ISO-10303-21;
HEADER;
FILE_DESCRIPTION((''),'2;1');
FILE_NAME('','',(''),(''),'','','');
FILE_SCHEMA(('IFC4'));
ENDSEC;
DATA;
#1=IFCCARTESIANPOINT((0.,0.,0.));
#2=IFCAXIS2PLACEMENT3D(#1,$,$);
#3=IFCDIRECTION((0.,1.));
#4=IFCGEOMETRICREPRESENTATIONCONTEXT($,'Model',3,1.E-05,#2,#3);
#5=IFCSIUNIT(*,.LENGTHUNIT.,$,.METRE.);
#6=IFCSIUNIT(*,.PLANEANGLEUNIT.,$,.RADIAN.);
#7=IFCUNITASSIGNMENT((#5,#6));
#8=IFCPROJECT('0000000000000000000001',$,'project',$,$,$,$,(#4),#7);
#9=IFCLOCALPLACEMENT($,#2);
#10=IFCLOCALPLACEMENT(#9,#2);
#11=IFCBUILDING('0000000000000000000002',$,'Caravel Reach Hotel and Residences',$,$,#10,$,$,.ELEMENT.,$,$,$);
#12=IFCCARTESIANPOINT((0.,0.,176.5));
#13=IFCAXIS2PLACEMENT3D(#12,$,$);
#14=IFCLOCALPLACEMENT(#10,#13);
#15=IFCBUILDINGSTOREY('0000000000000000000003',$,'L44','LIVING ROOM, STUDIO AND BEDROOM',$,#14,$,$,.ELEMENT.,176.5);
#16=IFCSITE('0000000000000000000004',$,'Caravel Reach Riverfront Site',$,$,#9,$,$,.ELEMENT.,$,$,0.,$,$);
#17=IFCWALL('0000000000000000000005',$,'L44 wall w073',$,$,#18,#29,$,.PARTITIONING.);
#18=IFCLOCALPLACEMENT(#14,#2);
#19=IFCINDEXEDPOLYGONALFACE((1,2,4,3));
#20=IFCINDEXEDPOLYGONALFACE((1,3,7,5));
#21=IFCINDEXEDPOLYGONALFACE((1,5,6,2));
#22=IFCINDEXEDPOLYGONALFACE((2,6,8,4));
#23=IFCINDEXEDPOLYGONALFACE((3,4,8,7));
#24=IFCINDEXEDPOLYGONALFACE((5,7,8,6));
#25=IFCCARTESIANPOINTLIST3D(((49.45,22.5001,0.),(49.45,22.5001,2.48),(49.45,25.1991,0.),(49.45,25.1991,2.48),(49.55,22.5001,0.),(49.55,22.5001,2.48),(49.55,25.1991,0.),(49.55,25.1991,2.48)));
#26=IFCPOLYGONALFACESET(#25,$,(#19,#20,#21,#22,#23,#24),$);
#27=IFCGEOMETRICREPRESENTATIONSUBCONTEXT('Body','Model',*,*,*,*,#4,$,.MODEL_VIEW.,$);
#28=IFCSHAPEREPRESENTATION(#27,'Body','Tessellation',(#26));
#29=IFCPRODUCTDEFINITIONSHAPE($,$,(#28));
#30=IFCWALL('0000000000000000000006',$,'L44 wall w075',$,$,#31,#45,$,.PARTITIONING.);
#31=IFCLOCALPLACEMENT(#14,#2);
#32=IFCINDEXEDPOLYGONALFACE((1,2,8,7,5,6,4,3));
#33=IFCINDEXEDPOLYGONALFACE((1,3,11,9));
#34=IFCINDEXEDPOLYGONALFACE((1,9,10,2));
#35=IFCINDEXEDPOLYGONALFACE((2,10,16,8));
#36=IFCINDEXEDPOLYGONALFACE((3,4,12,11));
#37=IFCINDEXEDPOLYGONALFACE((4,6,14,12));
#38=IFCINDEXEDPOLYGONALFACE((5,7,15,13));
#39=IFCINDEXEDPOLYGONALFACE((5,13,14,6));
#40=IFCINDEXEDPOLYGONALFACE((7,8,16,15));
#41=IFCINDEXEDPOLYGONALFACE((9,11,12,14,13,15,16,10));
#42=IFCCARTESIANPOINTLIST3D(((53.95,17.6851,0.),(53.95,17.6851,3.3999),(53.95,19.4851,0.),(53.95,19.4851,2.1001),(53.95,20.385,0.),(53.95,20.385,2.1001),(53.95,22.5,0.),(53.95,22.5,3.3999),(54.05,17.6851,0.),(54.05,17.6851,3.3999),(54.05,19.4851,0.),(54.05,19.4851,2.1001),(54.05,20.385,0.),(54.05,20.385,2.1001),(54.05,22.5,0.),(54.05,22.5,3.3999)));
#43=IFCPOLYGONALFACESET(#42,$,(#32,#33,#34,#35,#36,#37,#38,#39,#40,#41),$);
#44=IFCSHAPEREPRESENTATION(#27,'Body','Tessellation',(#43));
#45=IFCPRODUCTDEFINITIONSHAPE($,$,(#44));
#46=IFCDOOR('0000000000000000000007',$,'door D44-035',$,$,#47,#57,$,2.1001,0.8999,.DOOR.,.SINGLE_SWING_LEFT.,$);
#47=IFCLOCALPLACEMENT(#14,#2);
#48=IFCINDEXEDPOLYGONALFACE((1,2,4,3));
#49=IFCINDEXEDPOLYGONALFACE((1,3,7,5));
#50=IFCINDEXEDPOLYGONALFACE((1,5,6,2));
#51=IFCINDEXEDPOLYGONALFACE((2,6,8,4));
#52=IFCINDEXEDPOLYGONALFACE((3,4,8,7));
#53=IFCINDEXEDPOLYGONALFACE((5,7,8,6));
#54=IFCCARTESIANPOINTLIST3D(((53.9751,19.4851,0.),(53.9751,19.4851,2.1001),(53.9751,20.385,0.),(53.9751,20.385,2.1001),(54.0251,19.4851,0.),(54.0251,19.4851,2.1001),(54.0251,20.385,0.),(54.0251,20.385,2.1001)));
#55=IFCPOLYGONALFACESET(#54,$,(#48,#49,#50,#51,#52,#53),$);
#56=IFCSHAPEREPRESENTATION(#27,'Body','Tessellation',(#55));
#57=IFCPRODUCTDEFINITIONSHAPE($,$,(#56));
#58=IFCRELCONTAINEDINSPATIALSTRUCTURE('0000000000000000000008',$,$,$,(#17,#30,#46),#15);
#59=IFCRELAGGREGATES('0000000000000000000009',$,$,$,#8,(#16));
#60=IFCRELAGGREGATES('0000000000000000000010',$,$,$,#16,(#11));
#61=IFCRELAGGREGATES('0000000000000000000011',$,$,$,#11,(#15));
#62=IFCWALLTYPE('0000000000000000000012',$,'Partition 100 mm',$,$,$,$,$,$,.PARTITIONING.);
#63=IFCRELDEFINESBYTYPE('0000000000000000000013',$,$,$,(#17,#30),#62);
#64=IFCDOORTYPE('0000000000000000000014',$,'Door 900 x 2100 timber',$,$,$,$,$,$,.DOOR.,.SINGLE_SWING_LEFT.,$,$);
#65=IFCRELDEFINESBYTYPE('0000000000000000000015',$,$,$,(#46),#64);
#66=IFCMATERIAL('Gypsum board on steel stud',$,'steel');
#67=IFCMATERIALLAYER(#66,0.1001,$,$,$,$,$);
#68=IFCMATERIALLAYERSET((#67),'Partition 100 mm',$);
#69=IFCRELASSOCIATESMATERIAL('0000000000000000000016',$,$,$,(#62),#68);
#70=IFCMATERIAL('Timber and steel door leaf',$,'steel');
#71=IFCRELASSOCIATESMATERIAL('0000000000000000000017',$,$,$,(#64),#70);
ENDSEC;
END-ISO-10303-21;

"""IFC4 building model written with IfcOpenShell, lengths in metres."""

from ifc_helpers import new_model, si_unit, direction, frame, frame_2d, origin, place, context, subcontext, project, spatial, rectangle, extrude, material, layer, layer_set, type_object, element, fill, save


model = new_model("IFC4")

# Units and contexts
model_context = context("Model", 3, precision=1e-05, world=origin(), true_north=direction((0.0, 1.0)))
body_context = subcontext(model_context, "Body", "Model", "MODEL_VIEW")
ifc_project = project(units=[si_unit("LENGTHUNIT", "METRE"), si_unit("PLANEANGLEUNIT", "RADIAN")], contexts=[model_context])

# Site, building, storey
site_placement = place(None, origin())
site = spatial("IfcSite", under=ifc_project, at=site_placement, Name="Caravel Reach Riverfront Site", CompositionType="ELEMENT", RefElevation=0.0)
building_placement = place(site_placement, origin())
building = spatial("IfcBuilding", under=site, at=building_placement, Name="Caravel Reach Hotel and Residences", CompositionType="ELEMENT")
storey_placement = place(building_placement, frame((0.0, 0.0, 176.5)))
storey = spatial("IfcBuildingStorey", under=building, at=storey_placement, Name="L44", Description="LIVING ROOM, STUDIO AND BEDROOM", CompositionType="ELEMENT", Elevation=176.5)

# Shared definitions
ifc_material_1 = material(Name="Gypsum board on steel stud", Category="steel")
ifc_layer_1 = layer(ifc_material_1, 0.1001)
ifc_layer_set_1 = layer_set([ifc_layer_1], Name="Partition 100 mm")
wall_type_1 = type_object("IfcWallType", Name="Partition 100 mm", PredefinedType="PARTITIONING", material=ifc_layer_set_1)
ifc_material_2 = material(Name="Timber and steel door leaf", Category="steel")
door_type_1 = type_object("IfcDoorType", Name="Door 900 x 2100 timber", OperationType="SINGLE_SWING_LEFT", PredefinedType="DOOR", material=ifc_material_2)

# Wall
wall_1_placement = place(storey_placement, frame((49.5, 22.5, 0.0), z_axis=(0.0, 0.0, 1.0), x_axis=(0.0, 1.0, 0.0)))
element("IfcWall", 1, at=wall_1_placement, inside=storey, type_object=wall_type_1, Name="L44 wall w073", PredefinedType="PARTITIONING", context=body_context, shape_type="SweptSolid", body=[
    extrude(rectangle(XDim=2.699, YDim=0.1001, at=frame_2d((1.3496, 0.0))), origin(), (0.0, 0.0, 1.0), 2.48),
])

# Wall, opening, door
wall_2_placement = place(storey_placement, frame((54.0, 17.6851, 0.0), z_axis=(0.0, 0.0, 1.0), x_axis=(0.0, 1.0, 0.0)))
wall_2 = element("IfcWall", 2, at=wall_2_placement, inside=storey, type_object=wall_type_1, Name="L44 wall w075", PredefinedType="PARTITIONING", context=body_context, shape_type="SweptSolid", body=[
    extrude(rectangle(XDim=4.8149, YDim=0.1001, at=frame_2d((2.4075, 0.0))), origin(), (0.0, 0.0, 1.0), 3.3999),
])
opening_1_placement = place(wall_2_placement, frame((1.8, 0.0, 0.0)))
opening_1 = element("IfcOpeningElement", 3, at=opening_1_placement, cuts=wall_2, PredefinedType="OPENING", context=body_context, shape_type="SweptSolid", body=[
    extrude(rectangle(XDim=0.8999, YDim=2.1001, at=frame_2d((0.45, 1.05))), frame((0.0, 0.0601, 0.0), z_axis=(0.0, -1.0, 0.0), x_axis=(1.0, 0.0, 0.0)), (0.0, 0.0, 1.0), 0.1201),
])
door_1_placement = place(opening_1_placement, origin())
door_1 = element("IfcDoor", 4, at=door_1_placement, inside=storey, type_object=door_type_1, Name="door D44-035", OperationType="SINGLE_SWING_LEFT", OverallHeight=2.1001, OverallWidth=0.8999, PredefinedType="DOOR", context=body_context, shape_type="SweptSolid", body=[
    extrude(rectangle(XDim=0.8999, YDim=2.1001, at=frame_2d((0.45, 1.05))), frame((0.0, 0.0249, 0.0), z_axis=(0.0, -1.0, 0.0), x_axis=(1.0, 0.0, 0.0)), (0.0, 0.0, 1.0), 0.05),
])
fill(opening_1, door_1)

save(model, "model.ifc")
